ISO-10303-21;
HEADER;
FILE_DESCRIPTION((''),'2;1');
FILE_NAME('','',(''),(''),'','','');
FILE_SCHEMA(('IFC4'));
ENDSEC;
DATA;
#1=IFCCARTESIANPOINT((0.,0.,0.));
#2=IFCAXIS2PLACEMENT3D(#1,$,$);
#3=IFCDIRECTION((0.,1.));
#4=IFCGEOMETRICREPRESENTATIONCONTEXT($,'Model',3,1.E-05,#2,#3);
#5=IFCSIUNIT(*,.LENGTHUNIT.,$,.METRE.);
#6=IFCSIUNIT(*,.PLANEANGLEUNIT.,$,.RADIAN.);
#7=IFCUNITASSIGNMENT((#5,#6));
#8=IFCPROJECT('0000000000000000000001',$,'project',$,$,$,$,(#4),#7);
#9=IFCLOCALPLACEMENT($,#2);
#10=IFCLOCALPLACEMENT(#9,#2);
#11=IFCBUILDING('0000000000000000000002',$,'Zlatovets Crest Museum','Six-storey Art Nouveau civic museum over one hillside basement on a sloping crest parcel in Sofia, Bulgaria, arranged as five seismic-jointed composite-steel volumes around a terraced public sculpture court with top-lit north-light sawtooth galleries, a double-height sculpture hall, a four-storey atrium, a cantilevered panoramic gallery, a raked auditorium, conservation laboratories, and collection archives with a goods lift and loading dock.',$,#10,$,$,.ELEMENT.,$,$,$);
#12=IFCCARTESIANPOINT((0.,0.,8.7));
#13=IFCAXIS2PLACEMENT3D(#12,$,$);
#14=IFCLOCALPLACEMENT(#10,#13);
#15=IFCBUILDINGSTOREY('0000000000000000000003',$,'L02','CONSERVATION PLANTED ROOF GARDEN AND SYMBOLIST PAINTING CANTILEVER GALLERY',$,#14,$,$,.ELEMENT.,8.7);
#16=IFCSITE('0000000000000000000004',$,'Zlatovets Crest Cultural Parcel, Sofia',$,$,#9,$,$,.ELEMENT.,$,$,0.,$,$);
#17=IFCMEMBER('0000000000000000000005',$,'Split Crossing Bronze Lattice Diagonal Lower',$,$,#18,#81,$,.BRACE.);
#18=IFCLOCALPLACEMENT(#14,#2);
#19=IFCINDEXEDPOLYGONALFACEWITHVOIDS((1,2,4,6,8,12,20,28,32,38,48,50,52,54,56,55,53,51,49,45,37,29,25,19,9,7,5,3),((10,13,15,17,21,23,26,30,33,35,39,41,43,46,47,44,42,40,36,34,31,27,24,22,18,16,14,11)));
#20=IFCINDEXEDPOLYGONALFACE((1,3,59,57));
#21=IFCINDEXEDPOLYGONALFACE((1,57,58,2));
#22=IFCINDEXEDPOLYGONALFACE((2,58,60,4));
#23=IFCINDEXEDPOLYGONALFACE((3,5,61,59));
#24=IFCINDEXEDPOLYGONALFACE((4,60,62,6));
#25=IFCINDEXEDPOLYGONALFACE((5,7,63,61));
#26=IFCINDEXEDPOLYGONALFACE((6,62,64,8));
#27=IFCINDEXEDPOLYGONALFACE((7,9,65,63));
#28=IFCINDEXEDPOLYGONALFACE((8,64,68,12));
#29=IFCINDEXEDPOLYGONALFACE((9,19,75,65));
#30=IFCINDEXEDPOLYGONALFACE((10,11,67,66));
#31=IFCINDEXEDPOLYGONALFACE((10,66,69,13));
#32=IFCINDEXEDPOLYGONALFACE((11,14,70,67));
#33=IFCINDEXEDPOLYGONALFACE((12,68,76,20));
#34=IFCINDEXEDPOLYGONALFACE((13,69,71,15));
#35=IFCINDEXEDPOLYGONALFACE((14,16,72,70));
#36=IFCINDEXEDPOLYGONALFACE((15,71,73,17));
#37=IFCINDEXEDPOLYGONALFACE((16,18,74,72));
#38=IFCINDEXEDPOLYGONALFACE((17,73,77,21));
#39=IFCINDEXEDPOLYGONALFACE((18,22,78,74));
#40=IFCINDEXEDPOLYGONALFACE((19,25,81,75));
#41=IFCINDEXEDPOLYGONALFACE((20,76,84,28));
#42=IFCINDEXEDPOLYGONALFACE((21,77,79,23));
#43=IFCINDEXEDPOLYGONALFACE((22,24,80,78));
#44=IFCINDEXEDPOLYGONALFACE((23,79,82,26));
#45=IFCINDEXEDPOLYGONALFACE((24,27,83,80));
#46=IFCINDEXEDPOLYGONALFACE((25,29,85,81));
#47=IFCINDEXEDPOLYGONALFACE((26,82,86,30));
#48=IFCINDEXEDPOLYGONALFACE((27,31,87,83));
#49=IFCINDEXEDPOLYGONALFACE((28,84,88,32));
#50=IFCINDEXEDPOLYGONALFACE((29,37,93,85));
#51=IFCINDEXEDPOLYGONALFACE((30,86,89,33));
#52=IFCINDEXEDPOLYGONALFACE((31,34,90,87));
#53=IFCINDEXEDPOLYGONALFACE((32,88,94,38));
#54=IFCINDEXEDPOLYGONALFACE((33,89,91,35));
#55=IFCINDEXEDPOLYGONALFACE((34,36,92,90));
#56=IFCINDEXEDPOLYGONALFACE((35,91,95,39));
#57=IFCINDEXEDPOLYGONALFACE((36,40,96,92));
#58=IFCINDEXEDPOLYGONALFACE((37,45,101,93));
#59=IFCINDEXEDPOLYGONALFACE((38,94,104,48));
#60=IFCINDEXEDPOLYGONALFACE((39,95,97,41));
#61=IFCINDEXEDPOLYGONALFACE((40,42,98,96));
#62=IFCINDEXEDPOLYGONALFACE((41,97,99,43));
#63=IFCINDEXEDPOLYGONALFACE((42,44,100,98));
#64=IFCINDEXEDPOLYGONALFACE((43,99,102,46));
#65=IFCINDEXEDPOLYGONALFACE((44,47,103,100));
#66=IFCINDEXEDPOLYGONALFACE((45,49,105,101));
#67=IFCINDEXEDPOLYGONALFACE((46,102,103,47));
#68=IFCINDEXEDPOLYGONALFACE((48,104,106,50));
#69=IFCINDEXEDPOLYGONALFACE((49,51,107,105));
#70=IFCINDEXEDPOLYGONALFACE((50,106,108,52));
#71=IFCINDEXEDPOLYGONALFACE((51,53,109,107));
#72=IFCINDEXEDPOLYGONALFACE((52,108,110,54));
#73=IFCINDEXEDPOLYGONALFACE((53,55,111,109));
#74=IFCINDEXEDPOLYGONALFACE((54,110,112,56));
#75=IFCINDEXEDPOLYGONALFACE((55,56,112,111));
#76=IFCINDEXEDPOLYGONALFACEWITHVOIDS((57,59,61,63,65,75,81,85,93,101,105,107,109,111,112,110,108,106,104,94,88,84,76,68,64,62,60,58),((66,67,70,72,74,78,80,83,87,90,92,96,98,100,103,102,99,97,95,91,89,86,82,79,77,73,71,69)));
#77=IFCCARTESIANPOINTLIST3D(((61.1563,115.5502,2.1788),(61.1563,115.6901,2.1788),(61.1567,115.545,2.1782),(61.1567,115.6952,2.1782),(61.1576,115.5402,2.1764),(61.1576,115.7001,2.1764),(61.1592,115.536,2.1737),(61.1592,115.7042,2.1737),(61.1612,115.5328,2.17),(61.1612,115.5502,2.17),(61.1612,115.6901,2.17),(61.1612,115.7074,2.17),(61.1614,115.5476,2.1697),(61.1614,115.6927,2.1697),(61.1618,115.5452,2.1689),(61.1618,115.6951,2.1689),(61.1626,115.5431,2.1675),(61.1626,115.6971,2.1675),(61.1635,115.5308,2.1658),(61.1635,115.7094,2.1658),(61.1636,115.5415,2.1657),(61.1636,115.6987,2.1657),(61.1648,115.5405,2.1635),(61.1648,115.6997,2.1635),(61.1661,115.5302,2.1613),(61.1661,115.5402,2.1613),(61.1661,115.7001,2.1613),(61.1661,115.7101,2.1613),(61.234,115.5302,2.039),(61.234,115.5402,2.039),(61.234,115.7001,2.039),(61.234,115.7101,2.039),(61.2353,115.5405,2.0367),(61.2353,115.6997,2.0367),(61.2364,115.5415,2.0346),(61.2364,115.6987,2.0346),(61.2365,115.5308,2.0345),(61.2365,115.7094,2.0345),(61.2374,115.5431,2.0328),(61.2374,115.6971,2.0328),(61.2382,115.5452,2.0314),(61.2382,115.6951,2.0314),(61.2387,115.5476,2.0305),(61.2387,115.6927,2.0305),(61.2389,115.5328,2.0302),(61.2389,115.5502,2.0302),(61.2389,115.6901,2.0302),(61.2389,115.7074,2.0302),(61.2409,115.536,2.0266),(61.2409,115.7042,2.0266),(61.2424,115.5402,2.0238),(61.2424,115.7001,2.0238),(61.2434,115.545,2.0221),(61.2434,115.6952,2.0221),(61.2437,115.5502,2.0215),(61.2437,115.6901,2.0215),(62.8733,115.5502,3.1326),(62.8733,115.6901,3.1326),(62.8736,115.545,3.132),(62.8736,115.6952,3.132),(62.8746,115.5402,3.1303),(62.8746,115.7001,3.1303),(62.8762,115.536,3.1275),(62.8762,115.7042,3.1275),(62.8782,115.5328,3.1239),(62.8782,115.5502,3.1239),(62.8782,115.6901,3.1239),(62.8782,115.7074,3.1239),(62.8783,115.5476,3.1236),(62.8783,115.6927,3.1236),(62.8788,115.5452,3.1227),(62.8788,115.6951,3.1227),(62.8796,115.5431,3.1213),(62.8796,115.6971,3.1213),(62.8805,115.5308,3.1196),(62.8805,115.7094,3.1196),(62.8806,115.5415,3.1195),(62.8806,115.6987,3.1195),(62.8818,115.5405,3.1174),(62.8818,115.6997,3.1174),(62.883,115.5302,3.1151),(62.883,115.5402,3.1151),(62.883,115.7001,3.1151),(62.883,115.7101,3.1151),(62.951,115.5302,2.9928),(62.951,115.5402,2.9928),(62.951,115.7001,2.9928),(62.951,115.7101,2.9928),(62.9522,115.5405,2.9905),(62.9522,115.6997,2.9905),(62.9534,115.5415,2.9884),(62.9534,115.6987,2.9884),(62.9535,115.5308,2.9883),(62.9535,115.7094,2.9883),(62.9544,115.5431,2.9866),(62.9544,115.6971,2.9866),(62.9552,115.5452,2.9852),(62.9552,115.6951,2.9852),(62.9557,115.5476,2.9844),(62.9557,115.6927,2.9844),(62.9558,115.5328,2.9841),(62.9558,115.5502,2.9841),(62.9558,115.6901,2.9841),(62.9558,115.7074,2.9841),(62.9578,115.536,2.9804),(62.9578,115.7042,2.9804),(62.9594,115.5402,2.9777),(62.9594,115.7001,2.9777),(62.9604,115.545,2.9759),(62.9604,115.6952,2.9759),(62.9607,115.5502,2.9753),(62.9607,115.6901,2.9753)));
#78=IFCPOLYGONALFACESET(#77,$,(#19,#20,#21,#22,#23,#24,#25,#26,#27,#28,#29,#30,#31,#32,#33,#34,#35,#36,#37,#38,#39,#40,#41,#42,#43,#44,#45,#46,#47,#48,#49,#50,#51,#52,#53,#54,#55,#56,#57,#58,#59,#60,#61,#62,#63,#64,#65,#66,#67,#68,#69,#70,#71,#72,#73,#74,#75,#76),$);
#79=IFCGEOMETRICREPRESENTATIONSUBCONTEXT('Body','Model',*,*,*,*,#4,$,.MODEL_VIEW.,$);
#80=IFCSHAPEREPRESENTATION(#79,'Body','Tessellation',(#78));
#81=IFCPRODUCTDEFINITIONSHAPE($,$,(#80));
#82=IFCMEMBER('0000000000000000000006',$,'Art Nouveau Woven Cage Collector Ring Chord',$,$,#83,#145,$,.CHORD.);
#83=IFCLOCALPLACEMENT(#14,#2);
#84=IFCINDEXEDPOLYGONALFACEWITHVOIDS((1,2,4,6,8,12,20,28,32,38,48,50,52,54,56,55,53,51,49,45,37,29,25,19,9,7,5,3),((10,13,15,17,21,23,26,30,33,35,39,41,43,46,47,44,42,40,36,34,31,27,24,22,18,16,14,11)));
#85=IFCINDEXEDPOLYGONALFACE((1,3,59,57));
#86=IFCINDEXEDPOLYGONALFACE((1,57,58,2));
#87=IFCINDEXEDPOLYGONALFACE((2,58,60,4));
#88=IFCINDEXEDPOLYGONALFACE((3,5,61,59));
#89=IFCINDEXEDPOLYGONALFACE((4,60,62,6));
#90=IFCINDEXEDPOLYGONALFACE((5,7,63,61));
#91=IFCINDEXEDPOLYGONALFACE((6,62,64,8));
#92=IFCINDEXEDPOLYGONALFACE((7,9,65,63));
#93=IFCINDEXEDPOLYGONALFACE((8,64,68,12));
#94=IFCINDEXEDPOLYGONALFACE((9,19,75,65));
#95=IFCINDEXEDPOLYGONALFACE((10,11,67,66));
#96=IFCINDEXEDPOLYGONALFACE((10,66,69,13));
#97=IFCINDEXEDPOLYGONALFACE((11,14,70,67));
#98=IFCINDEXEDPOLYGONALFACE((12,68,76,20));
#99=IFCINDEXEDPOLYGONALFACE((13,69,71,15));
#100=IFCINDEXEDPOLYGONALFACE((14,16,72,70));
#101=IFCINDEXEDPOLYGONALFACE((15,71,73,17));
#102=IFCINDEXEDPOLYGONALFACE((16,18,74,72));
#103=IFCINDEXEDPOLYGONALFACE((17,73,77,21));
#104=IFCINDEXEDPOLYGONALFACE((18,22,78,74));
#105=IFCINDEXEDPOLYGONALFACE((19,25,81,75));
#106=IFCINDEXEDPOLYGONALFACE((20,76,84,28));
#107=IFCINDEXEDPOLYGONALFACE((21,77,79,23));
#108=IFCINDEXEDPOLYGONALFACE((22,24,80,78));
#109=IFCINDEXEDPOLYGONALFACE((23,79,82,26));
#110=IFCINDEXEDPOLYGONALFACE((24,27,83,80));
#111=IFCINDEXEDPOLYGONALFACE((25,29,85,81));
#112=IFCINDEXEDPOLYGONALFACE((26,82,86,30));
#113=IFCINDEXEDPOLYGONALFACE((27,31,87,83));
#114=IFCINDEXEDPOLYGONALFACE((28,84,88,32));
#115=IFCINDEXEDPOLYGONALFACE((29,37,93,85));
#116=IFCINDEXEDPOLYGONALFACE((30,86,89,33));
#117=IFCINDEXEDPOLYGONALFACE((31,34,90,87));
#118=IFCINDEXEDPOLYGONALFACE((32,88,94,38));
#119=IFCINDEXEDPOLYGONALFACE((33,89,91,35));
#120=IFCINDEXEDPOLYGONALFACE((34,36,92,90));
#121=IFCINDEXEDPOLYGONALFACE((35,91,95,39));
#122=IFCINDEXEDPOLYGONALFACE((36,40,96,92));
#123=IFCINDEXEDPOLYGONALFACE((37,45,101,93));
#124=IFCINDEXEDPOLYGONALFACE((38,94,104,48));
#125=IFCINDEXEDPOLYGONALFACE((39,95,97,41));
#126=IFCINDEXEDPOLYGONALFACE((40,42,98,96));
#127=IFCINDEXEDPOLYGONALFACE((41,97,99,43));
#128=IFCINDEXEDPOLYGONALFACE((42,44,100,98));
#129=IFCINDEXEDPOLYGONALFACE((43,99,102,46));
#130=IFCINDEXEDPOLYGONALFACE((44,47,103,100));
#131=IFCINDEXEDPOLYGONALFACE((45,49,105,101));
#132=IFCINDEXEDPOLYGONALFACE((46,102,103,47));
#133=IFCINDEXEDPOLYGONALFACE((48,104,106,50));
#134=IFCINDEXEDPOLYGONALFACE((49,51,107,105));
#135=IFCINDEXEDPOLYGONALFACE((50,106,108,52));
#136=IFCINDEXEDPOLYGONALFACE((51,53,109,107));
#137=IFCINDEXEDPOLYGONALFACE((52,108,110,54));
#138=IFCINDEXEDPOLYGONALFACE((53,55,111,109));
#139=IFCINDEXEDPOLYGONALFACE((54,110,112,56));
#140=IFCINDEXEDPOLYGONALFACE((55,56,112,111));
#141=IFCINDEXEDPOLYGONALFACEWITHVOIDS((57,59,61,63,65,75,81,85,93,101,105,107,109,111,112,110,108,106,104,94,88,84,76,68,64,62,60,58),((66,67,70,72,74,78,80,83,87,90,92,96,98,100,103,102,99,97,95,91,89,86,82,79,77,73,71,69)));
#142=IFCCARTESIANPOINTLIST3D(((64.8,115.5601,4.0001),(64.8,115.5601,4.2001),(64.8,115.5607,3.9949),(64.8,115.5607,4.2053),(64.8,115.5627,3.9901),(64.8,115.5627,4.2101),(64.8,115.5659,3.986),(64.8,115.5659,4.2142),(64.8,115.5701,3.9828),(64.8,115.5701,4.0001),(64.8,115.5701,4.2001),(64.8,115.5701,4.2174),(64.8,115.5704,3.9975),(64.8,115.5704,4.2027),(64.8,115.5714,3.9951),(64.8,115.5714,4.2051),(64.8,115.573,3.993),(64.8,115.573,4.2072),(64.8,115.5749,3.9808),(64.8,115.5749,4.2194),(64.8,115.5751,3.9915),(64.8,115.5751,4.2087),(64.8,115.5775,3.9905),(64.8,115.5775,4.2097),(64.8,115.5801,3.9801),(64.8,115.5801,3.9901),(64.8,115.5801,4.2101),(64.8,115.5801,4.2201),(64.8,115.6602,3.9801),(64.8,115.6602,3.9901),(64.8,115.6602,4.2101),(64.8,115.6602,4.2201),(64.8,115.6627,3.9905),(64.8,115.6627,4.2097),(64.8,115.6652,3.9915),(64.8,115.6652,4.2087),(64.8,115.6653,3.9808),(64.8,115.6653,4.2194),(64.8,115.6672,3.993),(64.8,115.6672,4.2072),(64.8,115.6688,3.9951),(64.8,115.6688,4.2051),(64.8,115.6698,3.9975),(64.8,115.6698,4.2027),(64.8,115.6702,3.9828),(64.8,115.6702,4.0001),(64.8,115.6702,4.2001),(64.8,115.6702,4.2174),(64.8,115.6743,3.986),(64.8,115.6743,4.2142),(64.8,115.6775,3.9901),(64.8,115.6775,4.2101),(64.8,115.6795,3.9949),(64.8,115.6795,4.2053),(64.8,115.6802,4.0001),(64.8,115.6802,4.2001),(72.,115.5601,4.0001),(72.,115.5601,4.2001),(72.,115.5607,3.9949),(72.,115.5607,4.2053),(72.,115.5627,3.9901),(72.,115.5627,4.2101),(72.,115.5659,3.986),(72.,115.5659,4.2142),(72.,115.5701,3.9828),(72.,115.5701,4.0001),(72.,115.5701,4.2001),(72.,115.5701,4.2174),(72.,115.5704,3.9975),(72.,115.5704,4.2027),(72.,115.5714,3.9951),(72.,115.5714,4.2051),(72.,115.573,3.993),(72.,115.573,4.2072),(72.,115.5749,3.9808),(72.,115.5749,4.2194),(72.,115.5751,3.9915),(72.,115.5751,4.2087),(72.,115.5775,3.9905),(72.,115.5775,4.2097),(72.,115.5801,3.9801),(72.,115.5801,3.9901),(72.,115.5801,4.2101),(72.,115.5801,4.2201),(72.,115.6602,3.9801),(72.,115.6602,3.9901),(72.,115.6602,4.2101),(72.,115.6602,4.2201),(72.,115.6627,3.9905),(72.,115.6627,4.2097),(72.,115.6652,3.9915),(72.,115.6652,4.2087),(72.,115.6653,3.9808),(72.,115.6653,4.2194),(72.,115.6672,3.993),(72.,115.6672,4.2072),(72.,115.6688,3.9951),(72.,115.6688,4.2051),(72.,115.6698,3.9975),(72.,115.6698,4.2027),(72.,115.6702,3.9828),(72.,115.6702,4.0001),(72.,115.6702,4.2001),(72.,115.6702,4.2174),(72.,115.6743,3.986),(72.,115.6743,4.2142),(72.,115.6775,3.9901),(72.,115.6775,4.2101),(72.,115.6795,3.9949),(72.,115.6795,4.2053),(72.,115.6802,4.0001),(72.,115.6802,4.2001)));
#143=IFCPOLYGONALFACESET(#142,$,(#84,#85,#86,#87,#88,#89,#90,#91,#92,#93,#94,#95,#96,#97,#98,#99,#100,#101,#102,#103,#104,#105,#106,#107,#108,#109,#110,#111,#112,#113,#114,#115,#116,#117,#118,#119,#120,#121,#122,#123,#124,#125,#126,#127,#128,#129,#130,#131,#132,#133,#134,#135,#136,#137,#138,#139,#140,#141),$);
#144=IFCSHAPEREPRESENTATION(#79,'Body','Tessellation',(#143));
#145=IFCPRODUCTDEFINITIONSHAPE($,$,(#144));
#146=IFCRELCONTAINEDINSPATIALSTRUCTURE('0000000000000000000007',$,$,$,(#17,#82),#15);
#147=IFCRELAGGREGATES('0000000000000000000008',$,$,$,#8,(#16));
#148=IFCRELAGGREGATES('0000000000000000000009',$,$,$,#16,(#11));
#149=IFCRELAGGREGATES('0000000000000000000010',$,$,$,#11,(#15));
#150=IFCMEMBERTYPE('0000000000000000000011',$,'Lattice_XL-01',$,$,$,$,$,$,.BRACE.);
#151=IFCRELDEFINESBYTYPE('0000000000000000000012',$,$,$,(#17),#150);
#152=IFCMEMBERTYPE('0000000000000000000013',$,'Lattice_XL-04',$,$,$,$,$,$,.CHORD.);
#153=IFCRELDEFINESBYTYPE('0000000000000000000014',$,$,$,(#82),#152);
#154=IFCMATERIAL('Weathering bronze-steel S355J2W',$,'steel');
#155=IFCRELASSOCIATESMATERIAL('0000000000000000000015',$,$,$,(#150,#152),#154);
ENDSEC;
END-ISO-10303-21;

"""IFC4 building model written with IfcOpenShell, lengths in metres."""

from ifc_helpers import new_model, si_unit, direction, frame, origin, origin_2d, place, context, subcontext, project, spatial, hollow_rectangle, extrude, material, material_profile, profile_set, type_object, element, save


model = new_model("IFC4")

# Units and contexts
model_context = context("Model", 3, precision=1e-05, world=origin(), true_north=direction((0.0, 1.0)))
body_context = subcontext(model_context, "Body", "Model", "MODEL_VIEW")
ifc_project = project(units=[si_unit("LENGTHUNIT", "METRE"), si_unit("PLANEANGLEUNIT", "RADIAN")], contexts=[model_context])

# Site, building, storey
site_placement = place(None, origin())
site = spatial("IfcSite", under=ifc_project, at=site_placement, Name="Zlatovets Crest Cultural Parcel, Sofia", CompositionType="ELEMENT", RefElevation=0.0)
building_placement = place(site_placement, origin())
building = spatial("IfcBuilding", under=site, at=building_placement, Name="Zlatovets Crest Museum", Description="Six-storey Art Nouveau civic museum over one hillside basement on a sloping crest parcel in Sofia, Bulgaria, arranged as five seismic-jointed composite-steel volumes around a terraced public sculpture court with top-lit north-light sawtooth galleries, a double-height sculpture hall, a four-storey atrium, a cantilevered panoramic gallery, a raked auditorium, conservation laboratories, and collection archives with a goods lift and loading dock.", CompositionType="ELEMENT")
storey_placement = place(building_placement, frame((0.0, 0.0, 8.7)))
storey = spatial("IfcBuildingStorey", under=building, at=storey_placement, Name="L02", Description="CONSERVATION PLANTED ROOF GARDEN AND SYMBOLIST PAINTING CANTILEVER GALLERY", CompositionType="ELEMENT", Elevation=8.7)

# Members
ifc_material_1 = material(Name="Weathering bronze-steel S355J2W", Category="steel")
ifc_material_profile_1 = material_profile(ifc_material_1, hollow_rectangle(XDim=0.1799, YDim=0.1799, WallThickness=0.01, InnerFilletRadius=0.01, OuterFilletRadius=0.02, at=origin_2d()), Name="SHS 180x180x10.0")
ifc_profile_set_1 = profile_set([ifc_material_profile_1], Name="Weathering bronze-steel S355J2W")
member_type_1 = type_object("IfcMemberType", Name="Lattice_XL-01", PredefinedType="BRACE", material=ifc_profile_set_1)
for number, where, z_axis, x_axis, name in (
    (1, (62.917, 115.6201, 3.054), (-0.874169, 0.0, -0.485622), (0.0, -1.0, 0.0), "Split Crossing Bronze Lattice Diagonal Lower"),
):
    element("IfcMember", number, at=place(storey_placement, frame(where, z_axis=z_axis, x_axis=x_axis)), inside=storey, type_object=member_type_1, Name=name, PredefinedType="BRACE", context=body_context, shape_type="SweptSolid", body=[
        extrude(hollow_rectangle(XDim=0.1799, YDim=0.1799, WallThickness=0.01, InnerFilletRadius=0.01, OuterFilletRadius=0.02, at=origin_2d()), origin(), (0.0, 0.0, 1.0), 1.9641),
    ])
ifc_material_profile_2 = material_profile(ifc_material_1, hollow_rectangle(XDim=0.1201, YDim=0.24, WallThickness=0.01, InnerFilletRadius=0.01, OuterFilletRadius=0.02, at=origin_2d()), Name="RHS 120x240x10.0")
ifc_profile_set_2 = profile_set([ifc_material_profile_2], Name="Weathering bronze-steel S355J2W")
member_type_2 = type_object("IfcMemberType", Name="Lattice_XL-04", PredefinedType="CHORD", material=ifc_profile_set_2)
for number, where, z_axis, x_axis, name in (
    (2, (72.0, 115.6201, 4.1001), (-1.0, 0.0, 0.0), (0.0, -1.0, 0.0), "Art Nouveau Woven Cage Collector Ring Chord"),
):
    element("IfcMember", number, at=place(storey_placement, frame(where, z_axis=z_axis, x_axis=x_axis)), inside=storey, type_object=member_type_2, Name=name, PredefinedType="CHORD", context=body_context, shape_type="SweptSolid", body=[
        extrude(hollow_rectangle(XDim=0.1201, YDim=0.24, WallThickness=0.01, InnerFilletRadius=0.01, OuterFilletRadius=0.02, at=origin_2d()), origin(), (0.0, 0.0, 1.0), 7.2),
    ])

save(model, "model.ifc")
